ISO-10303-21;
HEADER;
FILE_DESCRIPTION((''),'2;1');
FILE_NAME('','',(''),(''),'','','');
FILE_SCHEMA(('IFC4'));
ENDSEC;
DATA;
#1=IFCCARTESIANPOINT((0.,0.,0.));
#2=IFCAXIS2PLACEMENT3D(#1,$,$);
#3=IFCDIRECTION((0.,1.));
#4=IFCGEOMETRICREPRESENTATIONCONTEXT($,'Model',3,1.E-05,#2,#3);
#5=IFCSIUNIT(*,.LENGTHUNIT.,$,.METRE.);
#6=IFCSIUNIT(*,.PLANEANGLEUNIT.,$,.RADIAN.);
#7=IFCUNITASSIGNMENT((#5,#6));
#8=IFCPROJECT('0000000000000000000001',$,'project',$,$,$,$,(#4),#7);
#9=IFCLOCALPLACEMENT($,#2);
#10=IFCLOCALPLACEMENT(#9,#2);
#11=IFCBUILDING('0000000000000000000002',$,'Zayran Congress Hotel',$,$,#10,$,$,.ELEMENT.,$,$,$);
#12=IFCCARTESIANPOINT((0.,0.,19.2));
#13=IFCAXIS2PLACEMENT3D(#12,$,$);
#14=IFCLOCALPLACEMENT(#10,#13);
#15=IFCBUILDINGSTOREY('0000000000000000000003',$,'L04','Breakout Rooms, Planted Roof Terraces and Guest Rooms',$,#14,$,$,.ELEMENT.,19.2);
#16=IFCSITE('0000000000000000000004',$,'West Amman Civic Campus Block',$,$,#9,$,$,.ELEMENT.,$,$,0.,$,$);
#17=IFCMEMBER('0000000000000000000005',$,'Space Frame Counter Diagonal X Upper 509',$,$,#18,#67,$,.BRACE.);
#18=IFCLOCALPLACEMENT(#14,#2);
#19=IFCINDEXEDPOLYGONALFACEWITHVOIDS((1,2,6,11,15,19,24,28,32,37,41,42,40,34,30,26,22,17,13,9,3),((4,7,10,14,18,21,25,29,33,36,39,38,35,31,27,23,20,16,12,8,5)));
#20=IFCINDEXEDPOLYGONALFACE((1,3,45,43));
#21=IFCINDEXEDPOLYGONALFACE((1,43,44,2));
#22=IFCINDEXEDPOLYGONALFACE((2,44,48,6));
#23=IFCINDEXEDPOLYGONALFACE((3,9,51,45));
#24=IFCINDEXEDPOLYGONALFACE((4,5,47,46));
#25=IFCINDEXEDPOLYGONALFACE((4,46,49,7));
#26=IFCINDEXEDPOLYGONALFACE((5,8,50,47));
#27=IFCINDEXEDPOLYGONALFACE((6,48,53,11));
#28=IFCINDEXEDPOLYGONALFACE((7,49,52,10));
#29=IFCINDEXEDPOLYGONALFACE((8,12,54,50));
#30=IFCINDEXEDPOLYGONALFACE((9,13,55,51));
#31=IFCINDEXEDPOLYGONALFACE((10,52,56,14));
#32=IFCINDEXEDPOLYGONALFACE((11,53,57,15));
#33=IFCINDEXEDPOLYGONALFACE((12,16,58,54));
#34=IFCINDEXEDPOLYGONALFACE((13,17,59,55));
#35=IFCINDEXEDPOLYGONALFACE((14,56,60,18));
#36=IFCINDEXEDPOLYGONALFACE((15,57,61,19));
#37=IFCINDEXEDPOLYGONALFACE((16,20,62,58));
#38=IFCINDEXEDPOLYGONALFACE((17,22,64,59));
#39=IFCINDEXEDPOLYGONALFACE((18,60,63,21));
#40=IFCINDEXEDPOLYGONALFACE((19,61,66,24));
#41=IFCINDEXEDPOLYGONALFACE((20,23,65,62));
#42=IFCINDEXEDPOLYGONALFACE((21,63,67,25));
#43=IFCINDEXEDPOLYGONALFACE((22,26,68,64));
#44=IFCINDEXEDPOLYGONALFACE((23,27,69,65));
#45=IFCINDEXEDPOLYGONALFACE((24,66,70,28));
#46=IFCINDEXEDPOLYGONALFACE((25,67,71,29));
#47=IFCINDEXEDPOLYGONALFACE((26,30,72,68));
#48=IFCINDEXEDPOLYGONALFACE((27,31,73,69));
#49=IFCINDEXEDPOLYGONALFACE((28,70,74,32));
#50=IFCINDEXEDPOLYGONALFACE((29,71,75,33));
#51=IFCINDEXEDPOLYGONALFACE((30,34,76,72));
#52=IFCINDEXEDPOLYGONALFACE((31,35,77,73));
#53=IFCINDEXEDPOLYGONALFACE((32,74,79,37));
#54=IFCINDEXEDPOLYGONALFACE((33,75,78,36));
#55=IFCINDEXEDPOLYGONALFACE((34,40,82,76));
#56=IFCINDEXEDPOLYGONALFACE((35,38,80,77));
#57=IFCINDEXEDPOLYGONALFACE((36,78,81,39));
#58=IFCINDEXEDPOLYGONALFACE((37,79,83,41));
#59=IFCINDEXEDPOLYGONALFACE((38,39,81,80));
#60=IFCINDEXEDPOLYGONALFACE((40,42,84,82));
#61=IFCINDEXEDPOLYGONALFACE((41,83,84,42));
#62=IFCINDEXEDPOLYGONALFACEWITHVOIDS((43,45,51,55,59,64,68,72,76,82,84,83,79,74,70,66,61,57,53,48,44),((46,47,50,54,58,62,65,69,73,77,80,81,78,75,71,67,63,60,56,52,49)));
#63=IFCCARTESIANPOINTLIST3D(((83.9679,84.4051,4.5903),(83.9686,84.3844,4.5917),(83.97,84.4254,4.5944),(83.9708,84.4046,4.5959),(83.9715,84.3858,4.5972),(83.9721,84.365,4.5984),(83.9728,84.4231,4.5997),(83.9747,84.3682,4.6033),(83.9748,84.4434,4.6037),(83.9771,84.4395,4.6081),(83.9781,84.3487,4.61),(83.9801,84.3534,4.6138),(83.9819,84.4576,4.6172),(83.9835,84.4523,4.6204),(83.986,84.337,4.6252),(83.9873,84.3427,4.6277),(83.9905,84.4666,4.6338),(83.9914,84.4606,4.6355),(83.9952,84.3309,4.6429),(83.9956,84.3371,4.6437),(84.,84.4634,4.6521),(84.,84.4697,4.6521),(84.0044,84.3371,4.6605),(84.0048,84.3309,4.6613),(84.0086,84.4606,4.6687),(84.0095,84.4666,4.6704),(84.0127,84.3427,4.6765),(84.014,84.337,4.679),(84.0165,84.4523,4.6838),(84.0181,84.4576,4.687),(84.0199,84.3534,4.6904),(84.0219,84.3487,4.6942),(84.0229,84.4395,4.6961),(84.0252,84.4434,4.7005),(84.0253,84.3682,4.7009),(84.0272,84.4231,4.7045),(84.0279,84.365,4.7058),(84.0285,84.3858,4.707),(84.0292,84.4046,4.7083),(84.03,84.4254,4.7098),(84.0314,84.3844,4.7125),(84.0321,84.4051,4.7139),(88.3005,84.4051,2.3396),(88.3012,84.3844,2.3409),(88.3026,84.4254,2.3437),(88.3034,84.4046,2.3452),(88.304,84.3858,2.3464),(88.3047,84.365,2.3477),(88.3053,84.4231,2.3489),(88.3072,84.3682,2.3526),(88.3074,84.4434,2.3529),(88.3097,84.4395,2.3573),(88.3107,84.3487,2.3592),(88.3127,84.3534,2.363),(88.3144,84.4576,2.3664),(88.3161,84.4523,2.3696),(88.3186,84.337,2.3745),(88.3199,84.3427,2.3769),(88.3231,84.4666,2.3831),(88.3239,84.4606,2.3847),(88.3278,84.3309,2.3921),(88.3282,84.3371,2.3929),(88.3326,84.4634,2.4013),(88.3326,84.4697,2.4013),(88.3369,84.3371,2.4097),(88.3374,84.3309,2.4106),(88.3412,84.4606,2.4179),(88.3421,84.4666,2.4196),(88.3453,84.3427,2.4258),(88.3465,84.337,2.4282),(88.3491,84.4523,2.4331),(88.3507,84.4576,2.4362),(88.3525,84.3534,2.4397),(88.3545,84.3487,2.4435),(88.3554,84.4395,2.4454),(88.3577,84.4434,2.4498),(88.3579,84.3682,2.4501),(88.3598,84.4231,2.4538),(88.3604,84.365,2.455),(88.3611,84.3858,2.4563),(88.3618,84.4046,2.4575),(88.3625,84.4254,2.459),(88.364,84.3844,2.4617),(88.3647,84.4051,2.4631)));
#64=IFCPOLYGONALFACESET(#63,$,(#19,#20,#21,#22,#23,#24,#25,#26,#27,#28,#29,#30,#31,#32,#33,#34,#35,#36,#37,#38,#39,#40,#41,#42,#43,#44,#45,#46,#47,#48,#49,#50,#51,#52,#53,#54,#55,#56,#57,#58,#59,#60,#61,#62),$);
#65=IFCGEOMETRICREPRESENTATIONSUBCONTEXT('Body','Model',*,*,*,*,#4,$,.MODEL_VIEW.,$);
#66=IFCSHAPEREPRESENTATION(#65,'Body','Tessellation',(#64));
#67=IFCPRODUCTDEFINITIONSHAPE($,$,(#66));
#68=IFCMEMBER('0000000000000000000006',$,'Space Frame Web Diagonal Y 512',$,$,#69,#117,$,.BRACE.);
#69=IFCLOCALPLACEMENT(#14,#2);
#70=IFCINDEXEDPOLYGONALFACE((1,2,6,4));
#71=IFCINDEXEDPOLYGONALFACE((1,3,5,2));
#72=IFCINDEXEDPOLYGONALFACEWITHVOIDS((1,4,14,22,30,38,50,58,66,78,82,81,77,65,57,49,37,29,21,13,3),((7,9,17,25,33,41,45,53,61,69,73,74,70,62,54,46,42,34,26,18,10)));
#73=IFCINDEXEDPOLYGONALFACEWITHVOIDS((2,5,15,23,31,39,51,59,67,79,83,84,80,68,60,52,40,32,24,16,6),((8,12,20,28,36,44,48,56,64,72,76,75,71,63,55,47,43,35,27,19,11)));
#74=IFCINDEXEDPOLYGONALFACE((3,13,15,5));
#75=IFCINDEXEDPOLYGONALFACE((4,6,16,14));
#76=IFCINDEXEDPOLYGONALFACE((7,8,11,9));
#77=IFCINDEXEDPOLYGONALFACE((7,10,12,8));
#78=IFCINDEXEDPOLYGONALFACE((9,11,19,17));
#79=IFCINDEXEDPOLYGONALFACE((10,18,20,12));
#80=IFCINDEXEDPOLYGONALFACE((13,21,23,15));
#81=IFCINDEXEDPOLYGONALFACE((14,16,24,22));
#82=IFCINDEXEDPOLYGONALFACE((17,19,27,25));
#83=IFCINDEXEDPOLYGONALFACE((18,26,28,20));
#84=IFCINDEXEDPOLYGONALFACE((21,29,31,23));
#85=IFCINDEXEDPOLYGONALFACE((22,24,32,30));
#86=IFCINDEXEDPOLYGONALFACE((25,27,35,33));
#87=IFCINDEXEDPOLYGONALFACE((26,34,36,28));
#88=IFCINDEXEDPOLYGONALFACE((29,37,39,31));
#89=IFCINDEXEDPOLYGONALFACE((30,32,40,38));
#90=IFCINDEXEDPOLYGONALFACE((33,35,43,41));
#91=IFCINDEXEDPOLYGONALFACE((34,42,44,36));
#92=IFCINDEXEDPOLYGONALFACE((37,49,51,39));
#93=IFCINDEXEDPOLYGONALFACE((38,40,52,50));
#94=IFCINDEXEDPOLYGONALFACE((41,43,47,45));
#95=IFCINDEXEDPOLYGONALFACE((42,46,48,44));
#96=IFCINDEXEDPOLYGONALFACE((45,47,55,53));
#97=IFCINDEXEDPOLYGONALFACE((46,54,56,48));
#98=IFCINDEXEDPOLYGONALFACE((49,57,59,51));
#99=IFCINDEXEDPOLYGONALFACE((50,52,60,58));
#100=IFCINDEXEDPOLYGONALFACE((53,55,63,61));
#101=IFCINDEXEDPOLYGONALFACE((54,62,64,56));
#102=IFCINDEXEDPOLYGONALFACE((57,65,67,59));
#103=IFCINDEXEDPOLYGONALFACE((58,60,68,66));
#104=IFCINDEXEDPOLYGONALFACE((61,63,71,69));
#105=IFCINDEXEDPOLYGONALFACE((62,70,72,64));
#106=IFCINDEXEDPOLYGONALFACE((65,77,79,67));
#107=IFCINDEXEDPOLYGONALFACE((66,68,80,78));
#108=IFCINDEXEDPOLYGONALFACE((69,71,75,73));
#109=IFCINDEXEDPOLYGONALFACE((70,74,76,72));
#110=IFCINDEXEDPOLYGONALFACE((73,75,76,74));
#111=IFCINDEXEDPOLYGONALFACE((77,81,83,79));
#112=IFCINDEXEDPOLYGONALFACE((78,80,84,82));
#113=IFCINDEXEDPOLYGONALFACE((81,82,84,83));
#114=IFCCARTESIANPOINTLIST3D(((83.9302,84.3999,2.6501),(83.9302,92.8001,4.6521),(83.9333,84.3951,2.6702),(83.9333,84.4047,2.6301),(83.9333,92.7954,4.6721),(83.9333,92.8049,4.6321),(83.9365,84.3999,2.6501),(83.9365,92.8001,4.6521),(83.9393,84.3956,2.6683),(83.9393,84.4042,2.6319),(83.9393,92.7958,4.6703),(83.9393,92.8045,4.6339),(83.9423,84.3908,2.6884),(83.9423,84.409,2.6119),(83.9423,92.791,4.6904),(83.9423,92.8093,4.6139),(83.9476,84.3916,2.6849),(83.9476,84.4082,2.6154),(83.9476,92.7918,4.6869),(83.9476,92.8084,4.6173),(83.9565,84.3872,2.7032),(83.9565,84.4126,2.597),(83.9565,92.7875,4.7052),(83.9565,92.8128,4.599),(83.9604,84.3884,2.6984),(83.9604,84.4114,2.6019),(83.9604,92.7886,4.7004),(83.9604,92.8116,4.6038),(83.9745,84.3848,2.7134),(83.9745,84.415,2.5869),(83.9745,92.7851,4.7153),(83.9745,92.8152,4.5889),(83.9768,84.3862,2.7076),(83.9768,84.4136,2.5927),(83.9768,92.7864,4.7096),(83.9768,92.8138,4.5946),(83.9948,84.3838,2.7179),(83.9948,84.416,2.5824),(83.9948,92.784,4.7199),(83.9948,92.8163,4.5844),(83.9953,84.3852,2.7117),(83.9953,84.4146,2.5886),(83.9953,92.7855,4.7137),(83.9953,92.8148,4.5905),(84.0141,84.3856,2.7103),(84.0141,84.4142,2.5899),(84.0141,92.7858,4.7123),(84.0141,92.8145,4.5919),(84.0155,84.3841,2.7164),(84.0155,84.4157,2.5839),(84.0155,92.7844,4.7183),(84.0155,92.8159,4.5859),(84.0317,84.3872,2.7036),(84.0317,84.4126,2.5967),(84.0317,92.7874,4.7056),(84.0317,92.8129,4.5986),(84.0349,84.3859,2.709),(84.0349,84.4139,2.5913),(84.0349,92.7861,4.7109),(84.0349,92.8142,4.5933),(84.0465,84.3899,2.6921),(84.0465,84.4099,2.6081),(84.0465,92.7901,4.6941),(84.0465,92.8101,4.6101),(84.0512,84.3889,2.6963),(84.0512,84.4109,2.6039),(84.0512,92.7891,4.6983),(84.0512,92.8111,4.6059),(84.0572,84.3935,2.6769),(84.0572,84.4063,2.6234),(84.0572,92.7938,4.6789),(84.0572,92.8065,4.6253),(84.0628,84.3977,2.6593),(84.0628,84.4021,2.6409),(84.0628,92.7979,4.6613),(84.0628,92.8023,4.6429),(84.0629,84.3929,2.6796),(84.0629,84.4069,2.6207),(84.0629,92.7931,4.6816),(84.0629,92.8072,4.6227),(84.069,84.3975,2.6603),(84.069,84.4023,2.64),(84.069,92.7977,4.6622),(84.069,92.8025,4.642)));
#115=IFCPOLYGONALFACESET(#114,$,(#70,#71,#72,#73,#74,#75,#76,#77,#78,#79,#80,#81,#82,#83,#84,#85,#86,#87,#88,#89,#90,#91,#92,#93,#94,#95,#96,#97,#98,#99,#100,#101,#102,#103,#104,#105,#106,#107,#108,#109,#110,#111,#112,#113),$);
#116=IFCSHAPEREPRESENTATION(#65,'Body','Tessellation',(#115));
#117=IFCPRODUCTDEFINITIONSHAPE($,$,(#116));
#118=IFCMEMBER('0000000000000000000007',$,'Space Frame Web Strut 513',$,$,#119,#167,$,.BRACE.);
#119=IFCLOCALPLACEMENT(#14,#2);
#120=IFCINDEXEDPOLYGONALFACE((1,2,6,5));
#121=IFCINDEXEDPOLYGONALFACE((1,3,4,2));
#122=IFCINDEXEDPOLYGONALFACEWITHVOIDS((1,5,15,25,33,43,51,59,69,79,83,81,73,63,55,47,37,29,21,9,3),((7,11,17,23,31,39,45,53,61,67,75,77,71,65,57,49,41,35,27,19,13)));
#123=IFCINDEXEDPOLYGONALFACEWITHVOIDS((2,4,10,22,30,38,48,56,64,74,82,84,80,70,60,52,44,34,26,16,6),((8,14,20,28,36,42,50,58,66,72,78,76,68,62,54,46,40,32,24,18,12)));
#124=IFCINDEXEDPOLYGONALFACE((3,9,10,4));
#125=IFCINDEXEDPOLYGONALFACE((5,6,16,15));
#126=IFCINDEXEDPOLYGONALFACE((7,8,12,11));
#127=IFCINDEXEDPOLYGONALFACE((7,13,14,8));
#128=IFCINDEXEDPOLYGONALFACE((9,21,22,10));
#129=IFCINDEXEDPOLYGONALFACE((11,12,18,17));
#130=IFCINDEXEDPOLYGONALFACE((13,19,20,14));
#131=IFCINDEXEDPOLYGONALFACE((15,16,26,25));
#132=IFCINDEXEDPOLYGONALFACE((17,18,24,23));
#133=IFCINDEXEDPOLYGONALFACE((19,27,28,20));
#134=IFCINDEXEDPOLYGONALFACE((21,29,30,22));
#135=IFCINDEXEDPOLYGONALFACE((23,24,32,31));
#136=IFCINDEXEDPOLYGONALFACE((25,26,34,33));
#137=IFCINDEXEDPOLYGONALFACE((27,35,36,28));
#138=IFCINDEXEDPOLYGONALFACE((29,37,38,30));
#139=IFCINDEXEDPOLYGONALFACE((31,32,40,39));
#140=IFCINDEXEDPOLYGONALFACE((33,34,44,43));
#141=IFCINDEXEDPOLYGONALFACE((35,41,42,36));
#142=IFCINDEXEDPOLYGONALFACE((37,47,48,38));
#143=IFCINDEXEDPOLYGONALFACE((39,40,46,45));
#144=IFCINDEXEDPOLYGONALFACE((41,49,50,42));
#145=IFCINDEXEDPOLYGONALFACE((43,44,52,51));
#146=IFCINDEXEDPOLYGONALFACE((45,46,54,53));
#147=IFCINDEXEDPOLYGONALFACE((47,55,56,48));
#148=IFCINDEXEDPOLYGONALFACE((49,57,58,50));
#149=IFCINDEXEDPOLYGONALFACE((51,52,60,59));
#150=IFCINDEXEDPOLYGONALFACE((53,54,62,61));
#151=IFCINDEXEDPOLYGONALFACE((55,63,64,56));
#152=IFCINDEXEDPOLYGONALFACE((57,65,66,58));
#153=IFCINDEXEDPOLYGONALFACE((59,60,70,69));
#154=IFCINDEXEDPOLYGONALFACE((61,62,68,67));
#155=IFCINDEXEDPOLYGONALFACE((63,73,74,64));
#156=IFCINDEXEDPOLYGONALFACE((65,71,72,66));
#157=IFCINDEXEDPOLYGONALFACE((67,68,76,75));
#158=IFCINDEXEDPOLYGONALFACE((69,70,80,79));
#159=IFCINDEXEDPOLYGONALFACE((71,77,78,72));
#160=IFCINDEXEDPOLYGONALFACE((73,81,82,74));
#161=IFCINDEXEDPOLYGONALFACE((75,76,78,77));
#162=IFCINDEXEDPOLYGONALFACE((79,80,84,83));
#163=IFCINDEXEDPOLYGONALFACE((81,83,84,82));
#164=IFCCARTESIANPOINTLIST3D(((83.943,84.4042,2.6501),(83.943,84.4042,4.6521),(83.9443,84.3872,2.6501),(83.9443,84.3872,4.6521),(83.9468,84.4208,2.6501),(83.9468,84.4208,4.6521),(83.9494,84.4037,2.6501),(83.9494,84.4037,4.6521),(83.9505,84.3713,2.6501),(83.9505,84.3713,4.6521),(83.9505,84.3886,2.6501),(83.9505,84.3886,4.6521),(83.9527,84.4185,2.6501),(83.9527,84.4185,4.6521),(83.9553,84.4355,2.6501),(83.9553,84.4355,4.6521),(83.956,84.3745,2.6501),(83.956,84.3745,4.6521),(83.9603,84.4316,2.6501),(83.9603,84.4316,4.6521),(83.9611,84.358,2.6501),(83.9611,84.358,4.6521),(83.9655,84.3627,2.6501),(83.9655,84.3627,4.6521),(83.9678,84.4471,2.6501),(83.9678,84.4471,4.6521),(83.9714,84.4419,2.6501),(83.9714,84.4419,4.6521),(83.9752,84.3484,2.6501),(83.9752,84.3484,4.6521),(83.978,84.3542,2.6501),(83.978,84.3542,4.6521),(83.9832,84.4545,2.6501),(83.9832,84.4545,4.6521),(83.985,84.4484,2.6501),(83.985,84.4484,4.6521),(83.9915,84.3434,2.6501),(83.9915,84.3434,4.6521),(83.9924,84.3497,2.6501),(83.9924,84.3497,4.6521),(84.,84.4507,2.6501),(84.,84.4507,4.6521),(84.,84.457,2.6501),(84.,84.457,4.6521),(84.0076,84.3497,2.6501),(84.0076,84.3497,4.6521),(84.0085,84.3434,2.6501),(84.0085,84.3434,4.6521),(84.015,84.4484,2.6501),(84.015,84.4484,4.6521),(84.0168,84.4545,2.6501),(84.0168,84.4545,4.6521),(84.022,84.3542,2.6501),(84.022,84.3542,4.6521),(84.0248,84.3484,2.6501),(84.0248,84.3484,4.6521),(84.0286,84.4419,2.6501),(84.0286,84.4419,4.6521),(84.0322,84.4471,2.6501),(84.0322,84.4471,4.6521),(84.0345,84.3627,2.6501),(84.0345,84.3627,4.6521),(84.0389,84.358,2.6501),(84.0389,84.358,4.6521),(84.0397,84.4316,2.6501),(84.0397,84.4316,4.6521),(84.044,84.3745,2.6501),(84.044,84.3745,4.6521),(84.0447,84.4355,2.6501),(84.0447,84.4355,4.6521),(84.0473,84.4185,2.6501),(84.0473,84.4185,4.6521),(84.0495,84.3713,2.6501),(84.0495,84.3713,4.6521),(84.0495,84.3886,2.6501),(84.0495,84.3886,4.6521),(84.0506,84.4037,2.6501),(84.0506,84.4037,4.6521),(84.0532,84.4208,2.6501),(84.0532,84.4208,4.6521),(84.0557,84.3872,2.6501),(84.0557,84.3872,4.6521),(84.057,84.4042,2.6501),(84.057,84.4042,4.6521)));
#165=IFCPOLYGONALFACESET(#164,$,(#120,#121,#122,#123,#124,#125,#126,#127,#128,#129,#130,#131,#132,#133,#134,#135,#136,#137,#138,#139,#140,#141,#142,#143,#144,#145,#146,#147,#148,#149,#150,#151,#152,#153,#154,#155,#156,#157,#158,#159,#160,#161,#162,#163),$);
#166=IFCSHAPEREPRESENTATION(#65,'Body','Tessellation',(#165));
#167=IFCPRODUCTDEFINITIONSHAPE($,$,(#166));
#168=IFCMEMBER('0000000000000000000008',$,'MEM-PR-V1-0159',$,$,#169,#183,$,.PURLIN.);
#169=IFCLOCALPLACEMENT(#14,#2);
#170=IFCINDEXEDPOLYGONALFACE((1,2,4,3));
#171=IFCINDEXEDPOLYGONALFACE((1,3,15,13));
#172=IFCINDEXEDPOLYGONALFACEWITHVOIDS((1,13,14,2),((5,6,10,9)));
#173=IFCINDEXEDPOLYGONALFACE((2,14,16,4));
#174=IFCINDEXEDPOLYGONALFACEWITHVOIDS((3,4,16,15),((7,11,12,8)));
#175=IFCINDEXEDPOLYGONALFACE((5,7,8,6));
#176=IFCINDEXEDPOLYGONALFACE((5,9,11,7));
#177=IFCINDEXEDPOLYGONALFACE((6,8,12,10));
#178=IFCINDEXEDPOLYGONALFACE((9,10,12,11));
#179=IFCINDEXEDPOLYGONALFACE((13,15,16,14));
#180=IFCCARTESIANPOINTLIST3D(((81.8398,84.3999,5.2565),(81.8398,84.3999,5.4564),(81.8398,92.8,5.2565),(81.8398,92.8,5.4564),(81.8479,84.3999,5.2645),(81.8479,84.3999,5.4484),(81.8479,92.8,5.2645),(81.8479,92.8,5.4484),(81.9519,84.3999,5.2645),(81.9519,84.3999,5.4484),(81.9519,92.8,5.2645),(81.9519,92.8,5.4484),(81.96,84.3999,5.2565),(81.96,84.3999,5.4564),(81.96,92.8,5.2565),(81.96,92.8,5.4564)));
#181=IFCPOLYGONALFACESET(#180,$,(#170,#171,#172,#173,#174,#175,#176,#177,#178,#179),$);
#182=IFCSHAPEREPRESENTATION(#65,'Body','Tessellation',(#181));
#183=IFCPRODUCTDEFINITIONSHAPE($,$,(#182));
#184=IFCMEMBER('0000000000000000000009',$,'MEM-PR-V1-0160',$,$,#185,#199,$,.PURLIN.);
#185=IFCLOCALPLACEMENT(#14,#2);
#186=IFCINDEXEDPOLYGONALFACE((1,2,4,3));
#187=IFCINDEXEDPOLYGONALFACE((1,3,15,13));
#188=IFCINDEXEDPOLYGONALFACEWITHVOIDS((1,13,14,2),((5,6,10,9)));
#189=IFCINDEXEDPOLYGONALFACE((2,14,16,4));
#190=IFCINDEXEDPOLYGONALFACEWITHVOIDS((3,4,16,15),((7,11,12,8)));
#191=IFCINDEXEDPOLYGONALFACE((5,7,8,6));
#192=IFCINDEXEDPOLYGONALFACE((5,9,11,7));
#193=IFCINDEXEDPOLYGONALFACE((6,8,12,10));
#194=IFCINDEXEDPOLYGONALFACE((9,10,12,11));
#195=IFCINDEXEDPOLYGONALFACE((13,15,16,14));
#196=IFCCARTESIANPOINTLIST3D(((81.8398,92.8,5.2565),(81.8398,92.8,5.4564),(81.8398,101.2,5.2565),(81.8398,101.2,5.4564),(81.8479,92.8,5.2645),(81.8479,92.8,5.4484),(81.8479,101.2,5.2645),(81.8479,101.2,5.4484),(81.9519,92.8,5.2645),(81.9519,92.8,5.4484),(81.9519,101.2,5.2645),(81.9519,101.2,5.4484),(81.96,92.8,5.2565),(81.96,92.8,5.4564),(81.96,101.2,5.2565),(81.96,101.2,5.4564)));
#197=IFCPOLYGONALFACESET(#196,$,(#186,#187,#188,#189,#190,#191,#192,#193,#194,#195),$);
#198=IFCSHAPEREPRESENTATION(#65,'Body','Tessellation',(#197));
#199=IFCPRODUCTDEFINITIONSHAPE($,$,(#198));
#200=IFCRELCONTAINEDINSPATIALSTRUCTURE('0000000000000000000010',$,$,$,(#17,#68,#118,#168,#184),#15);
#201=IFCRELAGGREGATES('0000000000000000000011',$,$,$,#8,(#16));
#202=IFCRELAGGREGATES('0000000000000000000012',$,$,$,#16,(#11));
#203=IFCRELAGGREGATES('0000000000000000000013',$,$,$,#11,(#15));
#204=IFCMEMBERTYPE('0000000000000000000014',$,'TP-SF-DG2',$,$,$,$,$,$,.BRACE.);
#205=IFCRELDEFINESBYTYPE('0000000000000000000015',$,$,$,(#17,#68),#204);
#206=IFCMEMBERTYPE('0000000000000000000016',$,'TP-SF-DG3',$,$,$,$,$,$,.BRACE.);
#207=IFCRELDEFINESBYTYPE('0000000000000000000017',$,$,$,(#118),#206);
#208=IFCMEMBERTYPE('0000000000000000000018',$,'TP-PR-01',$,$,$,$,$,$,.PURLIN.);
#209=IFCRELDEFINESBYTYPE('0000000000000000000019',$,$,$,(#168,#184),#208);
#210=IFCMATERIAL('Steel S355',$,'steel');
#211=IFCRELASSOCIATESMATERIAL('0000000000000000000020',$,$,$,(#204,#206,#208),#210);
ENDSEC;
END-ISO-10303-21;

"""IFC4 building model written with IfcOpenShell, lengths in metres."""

from ifc_helpers import new_model, si_unit, direction, frame, origin, origin_2d, place, context, subcontext, project, spatial, hollow_rectangle, hollow_circle, extrude, material, material_profile, profile_set, type_object, element, save


model = new_model("IFC4")

# Units and contexts
model_context = context("Model", 3, precision=1e-05, world=origin(), true_north=direction((0.0, 1.0)))
body_context = subcontext(model_context, "Body", "Model", "MODEL_VIEW")
ifc_project = project(units=[si_unit("LENGTHUNIT", "METRE"), si_unit("PLANEANGLEUNIT", "RADIAN")], contexts=[model_context])

# Site, building, storey
site_placement = place(None, origin())
site = spatial("IfcSite", under=ifc_project, at=site_placement, Name="West Amman Civic Campus Block", CompositionType="ELEMENT", RefElevation=0.0)
building_placement = place(site_placement, origin())
building = spatial("IfcBuilding", under=site, at=building_placement, Name="Zayran Congress Hotel", CompositionType="ELEMENT")
storey_placement = place(building_placement, frame((0.0, 0.0, 19.2)))
storey = spatial("IfcBuildingStorey", under=building, at=storey_placement, Name="L04", Description="Breakout Rooms, Planted Roof Terraces and Guest Rooms", CompositionType="ELEMENT", Elevation=19.2)

# Members
ifc_material_1 = material(Name="Steel S355", Category="steel")
ifc_material_profile_1 = material_profile(ifc_material_1, hollow_circle(Radius=0.0698, WallThickness=0.0063, at=origin_2d()), Name="CHS 139.7x6.3")
ifc_profile_set_1 = profile_set([ifc_material_profile_1], Name="Steel S355")
member_type_1 = type_object("IfcMemberType", Name="TP-SF-DG2", PredefinedType="BRACE", material=ifc_profile_set_1)
member_1_placement = place(storey_placement, frame((84.0, 84.3999, 4.6521), z_axis=(0.887399, 0.0, -0.461002), x_axis=(0.0, 1.0, 0.0)))
element("IfcMember", 1, at=member_1_placement, inside=storey, type_object=member_type_1, Name="Space Frame Counter Diagonal X Upper 509", PredefinedType="BRACE", context=body_context, shape_type="SweptSolid", body=[
    extrude(hollow_circle(Radius=0.0698, WallThickness=0.0063, at=origin_2d()), origin(), (0.0, 0.0, 1.0), 4.8823),
])
member_2_placement = place(storey_placement, frame((84.0, 84.3999, 2.6501), z_axis=(0.0, 0.972756, 0.231831), x_axis=(-1.0, 0.0, 0.0)))
element("IfcMember", 2, at=member_2_placement, inside=storey, type_object=member_type_1, Name="Space Frame Web Diagonal Y 512", PredefinedType="BRACE", context=body_context, shape_type="SweptSolid", body=[
    extrude(hollow_circle(Radius=0.0698, WallThickness=0.0063, at=origin_2d()), origin(), (0.0, 0.0, 1.0), 8.6355),
])
ifc_material_profile_2 = material_profile(ifc_material_1, hollow_circle(Radius=0.0571, WallThickness=0.0063, at=origin_2d()), Name="CHS 114.3x6.3")
ifc_profile_set_2 = profile_set([ifc_material_profile_2], Name="Steel S355")
member_type_2 = type_object("IfcMemberType", Name="TP-SF-DG3", PredefinedType="BRACE", material=ifc_profile_set_2)
member_3_placement = place(storey_placement, frame((84.0, 84.3999, 2.6501), z_axis=(0.0, 0.0, 1.0), x_axis=(0.0, 1.0, 0.0)))
element("IfcMember", 3, at=member_3_placement, inside=storey, type_object=member_type_2, Name="Space Frame Web Strut 513", PredefinedType="BRACE", context=body_context, shape_type="SweptSolid", body=[
    extrude(hollow_circle(Radius=0.0571, WallThickness=0.0063, at=origin_2d()), origin(), (0.0, 0.0, 1.0), 2.002),
])
ifc_material_profile_3 = material_profile(ifc_material_1, hollow_rectangle(XDim=0.1201, YDim=0.2, WallThickness=0.0081, at=origin_2d()), Name="RHS 200x120x8")
ifc_profile_set_3 = profile_set([ifc_material_profile_3], Name="Steel S355")
member_type_3 = type_object("IfcMemberType", Name="TP-PR-01", PredefinedType="PURLIN", material=ifc_profile_set_3)
member_4_placement = place(storey_placement, frame((81.8999, 84.3999, 5.3564), z_axis=(0.0, 1.0, 0.0), x_axis=(-1.0, 0.0, 0.0)))
element("IfcMember", 4, at=member_4_placement, inside=storey, type_object=member_type_3, Name="MEM-PR-V1-0159", PredefinedType="PURLIN", context=body_context, shape_type="SweptSolid", body=[
    extrude(hollow_rectangle(XDim=0.1201, YDim=0.2, WallThickness=0.0081, at=origin_2d()), origin(), (0.0, 0.0, 1.0), 8.4001),
])
member_5_placement = place(storey_placement, frame((81.8999, 92.8, 5.3564), z_axis=(0.0, 1.0, 0.0), x_axis=(-1.0, 0.0, 0.0)))
element("IfcMember", 5, at=member_5_placement, inside=storey, type_object=member_type_3, Name="MEM-PR-V1-0160", PredefinedType="PURLIN", context=body_context, shape_type="SweptSolid", body=[
    extrude(hollow_rectangle(XDim=0.1201, YDim=0.2, WallThickness=0.0081, at=origin_2d()), origin(), (0.0, 0.0, 1.0), 8.3999),
])

save(model, "model.ifc")
